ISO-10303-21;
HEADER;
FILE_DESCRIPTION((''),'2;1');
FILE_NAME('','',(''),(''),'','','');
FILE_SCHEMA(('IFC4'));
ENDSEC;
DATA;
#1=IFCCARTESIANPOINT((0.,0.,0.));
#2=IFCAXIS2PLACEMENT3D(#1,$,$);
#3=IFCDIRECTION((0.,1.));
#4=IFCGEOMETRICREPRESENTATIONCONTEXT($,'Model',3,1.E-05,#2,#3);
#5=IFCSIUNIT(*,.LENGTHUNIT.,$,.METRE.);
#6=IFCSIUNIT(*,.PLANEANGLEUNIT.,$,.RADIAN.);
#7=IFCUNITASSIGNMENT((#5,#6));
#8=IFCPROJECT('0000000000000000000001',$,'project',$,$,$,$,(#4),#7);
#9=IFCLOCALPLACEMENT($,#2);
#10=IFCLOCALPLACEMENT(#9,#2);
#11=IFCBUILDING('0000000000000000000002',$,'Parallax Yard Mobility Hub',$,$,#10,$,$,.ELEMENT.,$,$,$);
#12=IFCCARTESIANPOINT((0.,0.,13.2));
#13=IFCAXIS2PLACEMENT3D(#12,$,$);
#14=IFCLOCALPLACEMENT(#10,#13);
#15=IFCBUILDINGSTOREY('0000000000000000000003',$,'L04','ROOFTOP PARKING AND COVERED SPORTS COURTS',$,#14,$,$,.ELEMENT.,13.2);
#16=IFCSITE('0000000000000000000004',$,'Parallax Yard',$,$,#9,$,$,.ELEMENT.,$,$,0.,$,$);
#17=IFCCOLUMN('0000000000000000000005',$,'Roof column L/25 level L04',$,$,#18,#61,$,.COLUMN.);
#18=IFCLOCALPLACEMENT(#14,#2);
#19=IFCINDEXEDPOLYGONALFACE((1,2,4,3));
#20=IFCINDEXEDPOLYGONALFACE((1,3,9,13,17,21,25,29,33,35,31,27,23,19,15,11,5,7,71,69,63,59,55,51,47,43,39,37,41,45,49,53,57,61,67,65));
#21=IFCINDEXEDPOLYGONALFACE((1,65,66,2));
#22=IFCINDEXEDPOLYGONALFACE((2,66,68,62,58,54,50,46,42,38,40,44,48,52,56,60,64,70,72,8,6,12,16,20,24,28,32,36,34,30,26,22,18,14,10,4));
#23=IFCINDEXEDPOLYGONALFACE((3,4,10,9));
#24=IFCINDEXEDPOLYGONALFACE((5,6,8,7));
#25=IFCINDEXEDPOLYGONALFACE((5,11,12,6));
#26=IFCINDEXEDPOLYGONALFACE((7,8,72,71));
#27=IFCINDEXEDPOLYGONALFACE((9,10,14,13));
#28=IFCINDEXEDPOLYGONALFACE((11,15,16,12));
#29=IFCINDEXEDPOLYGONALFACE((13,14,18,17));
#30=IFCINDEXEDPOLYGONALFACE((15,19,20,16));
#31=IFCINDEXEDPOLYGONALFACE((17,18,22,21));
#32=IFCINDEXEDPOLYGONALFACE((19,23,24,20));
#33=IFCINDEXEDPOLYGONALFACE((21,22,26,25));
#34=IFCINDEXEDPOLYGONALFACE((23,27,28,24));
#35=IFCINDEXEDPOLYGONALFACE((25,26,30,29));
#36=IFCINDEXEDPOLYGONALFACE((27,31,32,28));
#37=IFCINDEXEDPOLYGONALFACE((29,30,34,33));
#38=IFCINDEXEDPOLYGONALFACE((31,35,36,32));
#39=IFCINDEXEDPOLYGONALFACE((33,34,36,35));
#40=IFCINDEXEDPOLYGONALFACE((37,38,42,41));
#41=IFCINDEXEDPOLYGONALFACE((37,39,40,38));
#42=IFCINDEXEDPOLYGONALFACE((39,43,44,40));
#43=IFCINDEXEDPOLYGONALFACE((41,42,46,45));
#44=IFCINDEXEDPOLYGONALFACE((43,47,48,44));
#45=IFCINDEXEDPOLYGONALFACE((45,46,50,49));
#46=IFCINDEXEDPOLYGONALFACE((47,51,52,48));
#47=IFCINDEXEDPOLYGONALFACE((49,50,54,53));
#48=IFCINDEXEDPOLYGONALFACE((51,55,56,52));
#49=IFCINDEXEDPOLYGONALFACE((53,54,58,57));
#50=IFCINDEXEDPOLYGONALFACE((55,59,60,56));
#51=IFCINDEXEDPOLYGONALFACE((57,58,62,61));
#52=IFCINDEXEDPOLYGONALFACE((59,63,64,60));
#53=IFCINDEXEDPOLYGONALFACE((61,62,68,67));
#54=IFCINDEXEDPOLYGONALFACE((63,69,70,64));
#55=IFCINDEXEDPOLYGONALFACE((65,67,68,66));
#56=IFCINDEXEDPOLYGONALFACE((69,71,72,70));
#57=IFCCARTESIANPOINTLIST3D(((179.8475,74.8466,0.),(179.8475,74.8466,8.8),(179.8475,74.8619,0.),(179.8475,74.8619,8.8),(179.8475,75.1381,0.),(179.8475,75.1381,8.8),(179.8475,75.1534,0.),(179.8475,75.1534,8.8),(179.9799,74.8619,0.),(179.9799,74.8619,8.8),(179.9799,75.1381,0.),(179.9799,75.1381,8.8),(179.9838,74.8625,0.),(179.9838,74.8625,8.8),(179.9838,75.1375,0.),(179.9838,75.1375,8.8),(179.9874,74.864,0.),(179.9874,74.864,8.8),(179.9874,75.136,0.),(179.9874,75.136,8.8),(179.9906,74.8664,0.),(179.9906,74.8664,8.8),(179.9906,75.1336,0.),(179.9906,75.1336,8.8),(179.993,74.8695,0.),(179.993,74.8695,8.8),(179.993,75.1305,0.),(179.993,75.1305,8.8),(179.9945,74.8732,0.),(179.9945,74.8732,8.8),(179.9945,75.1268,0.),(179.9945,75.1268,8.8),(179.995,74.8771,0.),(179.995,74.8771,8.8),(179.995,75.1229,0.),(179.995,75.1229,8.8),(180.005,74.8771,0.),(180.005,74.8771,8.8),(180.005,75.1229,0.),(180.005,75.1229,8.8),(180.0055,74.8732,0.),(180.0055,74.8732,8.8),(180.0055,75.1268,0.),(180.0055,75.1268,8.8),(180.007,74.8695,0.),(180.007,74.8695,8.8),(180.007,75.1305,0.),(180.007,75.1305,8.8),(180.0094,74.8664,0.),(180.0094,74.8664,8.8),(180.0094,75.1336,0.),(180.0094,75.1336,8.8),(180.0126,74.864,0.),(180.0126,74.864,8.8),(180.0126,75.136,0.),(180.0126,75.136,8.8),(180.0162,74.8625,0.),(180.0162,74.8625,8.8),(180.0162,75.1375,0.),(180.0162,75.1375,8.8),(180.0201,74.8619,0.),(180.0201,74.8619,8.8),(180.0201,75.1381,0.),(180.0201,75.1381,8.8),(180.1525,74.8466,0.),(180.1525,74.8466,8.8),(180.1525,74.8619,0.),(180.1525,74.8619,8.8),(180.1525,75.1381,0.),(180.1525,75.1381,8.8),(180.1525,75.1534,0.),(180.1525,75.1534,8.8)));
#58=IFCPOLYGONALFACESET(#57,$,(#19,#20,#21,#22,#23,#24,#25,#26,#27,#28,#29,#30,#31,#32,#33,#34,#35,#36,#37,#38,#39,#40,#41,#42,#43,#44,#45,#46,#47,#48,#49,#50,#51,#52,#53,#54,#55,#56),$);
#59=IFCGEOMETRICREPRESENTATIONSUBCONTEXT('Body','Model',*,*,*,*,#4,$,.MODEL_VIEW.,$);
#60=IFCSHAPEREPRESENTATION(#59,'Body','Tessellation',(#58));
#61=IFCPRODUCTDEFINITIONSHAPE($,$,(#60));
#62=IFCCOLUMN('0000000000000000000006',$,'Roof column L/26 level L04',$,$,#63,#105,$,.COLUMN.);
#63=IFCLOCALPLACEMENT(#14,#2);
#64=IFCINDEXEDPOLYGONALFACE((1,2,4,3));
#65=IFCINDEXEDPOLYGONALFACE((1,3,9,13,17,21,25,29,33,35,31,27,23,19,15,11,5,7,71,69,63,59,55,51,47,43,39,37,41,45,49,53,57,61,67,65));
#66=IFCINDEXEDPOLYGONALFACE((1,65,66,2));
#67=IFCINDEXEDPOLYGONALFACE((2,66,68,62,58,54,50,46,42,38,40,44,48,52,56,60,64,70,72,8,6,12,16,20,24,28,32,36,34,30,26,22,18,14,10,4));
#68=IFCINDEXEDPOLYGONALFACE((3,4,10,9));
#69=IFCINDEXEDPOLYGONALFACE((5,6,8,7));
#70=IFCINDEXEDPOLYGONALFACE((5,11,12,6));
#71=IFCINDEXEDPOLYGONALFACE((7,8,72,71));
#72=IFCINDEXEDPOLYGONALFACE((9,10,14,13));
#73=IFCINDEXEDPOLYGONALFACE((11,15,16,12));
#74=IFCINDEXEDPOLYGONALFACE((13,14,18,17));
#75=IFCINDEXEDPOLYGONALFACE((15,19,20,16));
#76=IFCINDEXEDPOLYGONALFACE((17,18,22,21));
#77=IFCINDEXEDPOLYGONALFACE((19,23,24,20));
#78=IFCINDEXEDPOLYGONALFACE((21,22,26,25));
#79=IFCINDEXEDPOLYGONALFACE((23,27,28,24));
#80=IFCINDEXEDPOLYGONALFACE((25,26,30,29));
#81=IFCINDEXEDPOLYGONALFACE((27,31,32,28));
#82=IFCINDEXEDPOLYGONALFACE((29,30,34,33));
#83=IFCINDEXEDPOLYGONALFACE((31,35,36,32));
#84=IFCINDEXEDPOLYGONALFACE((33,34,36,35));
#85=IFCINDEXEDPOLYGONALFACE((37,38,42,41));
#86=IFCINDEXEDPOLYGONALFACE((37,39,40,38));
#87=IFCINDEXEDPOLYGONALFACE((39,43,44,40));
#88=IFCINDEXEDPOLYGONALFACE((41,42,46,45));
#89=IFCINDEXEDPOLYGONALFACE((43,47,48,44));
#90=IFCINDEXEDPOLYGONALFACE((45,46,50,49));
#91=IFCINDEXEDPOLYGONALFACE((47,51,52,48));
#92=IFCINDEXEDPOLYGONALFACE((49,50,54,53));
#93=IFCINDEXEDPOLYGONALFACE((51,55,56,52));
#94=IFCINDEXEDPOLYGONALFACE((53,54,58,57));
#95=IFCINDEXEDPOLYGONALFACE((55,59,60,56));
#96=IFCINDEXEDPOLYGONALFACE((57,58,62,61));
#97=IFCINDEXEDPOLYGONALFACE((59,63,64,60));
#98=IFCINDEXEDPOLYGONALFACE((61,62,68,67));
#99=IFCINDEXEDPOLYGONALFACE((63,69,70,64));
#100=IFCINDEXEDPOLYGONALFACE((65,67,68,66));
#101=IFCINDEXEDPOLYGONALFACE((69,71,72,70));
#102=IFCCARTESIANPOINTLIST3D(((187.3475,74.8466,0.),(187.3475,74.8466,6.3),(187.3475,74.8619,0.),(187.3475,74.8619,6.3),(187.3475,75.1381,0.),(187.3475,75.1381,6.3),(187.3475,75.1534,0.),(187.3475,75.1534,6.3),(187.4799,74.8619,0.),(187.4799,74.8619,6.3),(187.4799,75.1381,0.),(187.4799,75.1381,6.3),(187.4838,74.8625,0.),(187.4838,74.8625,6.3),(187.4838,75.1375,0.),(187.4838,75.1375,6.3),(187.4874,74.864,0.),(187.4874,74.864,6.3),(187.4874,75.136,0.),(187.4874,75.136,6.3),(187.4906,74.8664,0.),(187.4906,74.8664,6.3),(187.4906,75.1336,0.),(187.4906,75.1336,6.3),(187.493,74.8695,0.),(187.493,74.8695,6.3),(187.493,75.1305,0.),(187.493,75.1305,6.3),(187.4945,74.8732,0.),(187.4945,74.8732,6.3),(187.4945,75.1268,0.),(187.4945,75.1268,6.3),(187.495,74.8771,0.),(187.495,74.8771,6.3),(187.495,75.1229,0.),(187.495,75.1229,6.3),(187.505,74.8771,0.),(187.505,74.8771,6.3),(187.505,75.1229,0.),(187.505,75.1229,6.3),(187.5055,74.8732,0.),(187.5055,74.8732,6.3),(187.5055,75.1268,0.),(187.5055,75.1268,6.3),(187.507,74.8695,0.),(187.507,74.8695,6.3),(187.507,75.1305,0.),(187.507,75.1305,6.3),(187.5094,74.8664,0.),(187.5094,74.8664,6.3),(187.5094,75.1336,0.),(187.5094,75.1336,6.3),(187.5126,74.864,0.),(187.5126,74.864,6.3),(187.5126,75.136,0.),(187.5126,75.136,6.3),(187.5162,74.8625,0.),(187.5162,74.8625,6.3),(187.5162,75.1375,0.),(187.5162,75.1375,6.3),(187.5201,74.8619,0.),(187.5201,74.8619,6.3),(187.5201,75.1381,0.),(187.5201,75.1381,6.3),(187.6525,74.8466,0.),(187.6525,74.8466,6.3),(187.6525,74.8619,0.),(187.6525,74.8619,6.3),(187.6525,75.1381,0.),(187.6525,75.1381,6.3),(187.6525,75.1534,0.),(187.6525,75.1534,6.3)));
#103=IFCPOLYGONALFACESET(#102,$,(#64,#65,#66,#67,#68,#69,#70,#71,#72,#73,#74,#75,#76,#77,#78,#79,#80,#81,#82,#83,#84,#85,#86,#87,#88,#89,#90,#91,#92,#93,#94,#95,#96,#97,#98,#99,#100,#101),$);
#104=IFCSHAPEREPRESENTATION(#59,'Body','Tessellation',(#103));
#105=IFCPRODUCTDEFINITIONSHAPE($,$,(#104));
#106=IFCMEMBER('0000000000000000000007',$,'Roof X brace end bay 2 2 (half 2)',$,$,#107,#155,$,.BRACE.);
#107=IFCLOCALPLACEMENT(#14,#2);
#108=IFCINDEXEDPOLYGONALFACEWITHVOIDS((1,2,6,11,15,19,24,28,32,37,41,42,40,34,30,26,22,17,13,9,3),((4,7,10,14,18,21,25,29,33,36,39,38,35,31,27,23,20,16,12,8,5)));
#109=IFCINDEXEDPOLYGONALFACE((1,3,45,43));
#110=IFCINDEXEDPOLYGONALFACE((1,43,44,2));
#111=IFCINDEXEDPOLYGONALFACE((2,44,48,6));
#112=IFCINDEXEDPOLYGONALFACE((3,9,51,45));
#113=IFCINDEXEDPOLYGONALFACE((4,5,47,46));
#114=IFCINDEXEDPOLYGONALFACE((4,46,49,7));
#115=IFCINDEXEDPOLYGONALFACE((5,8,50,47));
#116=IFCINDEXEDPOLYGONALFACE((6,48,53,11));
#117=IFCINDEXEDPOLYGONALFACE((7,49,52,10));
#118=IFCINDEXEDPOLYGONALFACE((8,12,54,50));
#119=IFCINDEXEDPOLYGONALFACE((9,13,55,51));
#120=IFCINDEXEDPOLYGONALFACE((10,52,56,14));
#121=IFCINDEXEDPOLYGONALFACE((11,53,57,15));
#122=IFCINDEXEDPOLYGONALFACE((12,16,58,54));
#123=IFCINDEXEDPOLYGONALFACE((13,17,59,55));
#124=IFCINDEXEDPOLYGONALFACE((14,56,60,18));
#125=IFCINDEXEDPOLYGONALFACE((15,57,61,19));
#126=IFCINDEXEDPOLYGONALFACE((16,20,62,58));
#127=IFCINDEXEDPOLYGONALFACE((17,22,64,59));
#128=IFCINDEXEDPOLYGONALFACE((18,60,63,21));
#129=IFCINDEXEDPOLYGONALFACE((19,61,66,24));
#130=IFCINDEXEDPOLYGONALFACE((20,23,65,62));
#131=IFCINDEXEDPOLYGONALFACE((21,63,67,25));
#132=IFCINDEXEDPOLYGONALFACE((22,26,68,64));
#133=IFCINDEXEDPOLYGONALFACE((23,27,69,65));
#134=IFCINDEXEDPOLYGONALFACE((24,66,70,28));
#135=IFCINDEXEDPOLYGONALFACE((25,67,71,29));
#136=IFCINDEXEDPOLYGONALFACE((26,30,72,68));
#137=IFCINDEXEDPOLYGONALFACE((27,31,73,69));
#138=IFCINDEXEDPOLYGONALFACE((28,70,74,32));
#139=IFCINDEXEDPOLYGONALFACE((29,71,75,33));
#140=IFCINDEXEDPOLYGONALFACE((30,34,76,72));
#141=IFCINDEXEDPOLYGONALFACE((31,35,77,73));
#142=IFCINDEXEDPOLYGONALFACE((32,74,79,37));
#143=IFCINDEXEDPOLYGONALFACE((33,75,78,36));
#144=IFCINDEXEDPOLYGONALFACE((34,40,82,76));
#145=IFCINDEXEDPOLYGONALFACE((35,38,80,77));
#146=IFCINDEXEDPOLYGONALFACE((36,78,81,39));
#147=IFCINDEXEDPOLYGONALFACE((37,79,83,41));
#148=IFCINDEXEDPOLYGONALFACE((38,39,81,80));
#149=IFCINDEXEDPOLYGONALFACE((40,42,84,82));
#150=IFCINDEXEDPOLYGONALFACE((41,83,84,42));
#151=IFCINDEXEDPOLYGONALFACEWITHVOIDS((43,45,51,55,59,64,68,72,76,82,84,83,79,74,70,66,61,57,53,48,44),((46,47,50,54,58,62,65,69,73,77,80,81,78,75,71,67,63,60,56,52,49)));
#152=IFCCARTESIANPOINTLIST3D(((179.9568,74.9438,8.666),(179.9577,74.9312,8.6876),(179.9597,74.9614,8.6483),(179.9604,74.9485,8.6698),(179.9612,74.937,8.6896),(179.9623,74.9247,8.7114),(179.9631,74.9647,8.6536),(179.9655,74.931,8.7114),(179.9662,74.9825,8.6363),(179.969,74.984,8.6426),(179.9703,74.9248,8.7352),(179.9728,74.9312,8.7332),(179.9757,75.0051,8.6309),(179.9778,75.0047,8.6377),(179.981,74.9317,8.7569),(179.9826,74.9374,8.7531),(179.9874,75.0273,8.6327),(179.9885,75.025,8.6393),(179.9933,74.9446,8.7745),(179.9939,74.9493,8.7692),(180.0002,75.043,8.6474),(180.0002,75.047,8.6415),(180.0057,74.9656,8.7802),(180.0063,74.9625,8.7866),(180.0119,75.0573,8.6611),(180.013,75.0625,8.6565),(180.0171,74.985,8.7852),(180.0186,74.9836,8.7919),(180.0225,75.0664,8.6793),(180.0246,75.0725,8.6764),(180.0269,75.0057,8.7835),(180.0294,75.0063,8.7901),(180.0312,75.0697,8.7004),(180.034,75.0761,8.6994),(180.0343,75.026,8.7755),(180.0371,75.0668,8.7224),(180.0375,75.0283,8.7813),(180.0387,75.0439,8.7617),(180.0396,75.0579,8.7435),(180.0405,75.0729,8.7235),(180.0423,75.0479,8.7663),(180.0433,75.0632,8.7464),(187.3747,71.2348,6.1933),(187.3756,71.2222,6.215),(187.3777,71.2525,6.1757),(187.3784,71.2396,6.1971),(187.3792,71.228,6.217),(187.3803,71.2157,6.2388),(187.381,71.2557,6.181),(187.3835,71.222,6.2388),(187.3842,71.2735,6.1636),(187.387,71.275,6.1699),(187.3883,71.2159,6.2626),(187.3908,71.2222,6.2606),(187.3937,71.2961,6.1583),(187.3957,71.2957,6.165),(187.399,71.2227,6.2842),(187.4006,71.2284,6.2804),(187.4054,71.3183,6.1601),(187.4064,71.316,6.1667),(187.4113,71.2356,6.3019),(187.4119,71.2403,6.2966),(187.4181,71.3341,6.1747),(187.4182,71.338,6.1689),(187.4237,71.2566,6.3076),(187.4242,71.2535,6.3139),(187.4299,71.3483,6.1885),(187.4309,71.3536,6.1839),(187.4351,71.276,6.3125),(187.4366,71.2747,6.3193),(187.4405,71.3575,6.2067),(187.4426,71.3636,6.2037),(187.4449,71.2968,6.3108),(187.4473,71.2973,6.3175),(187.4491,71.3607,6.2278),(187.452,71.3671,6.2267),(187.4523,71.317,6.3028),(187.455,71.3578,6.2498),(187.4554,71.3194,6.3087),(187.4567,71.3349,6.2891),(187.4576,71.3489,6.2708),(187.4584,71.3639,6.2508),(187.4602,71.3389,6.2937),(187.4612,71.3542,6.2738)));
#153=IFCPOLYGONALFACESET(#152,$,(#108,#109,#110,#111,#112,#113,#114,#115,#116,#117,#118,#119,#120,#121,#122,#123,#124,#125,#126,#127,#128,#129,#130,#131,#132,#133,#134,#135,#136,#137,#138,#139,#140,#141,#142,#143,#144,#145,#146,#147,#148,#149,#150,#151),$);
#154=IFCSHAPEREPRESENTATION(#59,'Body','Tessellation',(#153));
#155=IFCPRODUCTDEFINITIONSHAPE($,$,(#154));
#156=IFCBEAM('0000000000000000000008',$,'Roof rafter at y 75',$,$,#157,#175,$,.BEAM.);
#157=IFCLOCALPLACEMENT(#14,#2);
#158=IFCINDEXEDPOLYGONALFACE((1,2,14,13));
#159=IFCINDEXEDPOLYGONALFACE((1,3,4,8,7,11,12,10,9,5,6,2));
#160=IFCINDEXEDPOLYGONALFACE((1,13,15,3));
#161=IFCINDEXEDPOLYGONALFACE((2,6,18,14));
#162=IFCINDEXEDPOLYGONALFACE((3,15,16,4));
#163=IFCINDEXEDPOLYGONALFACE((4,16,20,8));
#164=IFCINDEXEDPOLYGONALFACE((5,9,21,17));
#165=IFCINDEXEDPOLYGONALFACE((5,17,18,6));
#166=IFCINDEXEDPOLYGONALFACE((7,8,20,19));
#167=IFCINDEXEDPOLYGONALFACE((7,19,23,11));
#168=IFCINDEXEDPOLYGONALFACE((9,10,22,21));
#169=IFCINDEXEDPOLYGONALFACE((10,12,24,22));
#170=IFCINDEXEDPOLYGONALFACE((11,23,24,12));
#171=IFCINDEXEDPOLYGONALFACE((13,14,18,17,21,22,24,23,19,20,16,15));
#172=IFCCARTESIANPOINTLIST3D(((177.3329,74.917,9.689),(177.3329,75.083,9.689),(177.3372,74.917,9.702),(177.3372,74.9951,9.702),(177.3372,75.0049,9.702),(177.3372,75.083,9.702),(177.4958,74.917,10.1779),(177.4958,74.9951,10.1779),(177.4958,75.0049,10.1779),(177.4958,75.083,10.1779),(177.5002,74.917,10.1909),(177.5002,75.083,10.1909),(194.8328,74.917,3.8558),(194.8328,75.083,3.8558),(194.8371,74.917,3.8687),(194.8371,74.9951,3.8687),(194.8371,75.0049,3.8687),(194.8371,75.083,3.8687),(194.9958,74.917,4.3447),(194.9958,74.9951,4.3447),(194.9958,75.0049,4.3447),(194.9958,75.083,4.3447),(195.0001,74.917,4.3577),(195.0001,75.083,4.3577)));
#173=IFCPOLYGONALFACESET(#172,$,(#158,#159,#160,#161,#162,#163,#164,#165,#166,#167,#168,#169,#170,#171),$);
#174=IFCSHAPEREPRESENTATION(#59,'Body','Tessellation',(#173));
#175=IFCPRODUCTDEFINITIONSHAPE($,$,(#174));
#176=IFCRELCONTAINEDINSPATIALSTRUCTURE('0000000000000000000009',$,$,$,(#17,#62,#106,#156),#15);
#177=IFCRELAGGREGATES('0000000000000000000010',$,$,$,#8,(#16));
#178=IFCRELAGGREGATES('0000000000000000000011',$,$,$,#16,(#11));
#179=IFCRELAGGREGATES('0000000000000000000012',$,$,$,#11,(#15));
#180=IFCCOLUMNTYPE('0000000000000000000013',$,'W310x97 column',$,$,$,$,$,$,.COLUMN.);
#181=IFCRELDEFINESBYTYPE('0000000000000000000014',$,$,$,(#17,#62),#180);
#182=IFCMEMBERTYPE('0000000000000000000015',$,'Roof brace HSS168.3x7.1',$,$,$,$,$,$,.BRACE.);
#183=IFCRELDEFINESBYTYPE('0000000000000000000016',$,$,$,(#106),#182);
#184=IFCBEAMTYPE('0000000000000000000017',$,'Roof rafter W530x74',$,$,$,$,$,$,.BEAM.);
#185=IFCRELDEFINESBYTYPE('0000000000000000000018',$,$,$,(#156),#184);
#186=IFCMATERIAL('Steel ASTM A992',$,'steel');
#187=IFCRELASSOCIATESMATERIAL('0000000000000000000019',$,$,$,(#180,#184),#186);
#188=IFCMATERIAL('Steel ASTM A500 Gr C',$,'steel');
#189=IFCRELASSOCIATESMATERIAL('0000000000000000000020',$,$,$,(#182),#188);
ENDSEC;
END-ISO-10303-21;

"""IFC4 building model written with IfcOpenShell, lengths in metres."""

from ifc_helpers import new_model, si_unit, direction, frame, origin, origin_2d, place, context, subcontext, project, spatial, hollow_circle, i_section, extrude, material, material_profile, profile_set, type_object, element, save


model = new_model("IFC4")

# Units and contexts
model_context = context("Model", 3, precision=1e-05, world=origin(), true_north=direction((0.0, 1.0)))
body_context = subcontext(model_context, "Body", "Model", "MODEL_VIEW")
ifc_project = project(units=[si_unit("LENGTHUNIT", "METRE"), si_unit("PLANEANGLEUNIT", "RADIAN")], contexts=[model_context])

# Site, building, storey
site_placement = place(None, origin())
site = spatial("IfcSite", under=ifc_project, at=site_placement, Name="Parallax Yard", CompositionType="ELEMENT", RefElevation=0.0)
building_placement = place(site_placement, origin())
building = spatial("IfcBuilding", under=site, at=building_placement, Name="Parallax Yard Mobility Hub", CompositionType="ELEMENT")
storey_placement = place(building_placement, frame((0.0, 0.0, 13.2)))
storey = spatial("IfcBuildingStorey", under=building, at=storey_placement, Name="L04", Description="ROOFTOP PARKING AND COVERED SPORTS COURTS", CompositionType="ELEMENT", Elevation=13.2)

# Columns
ifc_material_1 = material(Name="Steel ASTM A992", Category="steel")
ifc_material_profile_1 = material_profile(ifc_material_1, i_section(OverallWidth=0.3049, OverallDepth=0.3069, WebThickness=0.01, FlangeThickness=0.0154, FilletRadius=0.0151, at=origin_2d()), Name="W310x97")
ifc_profile_set_1 = profile_set([ifc_material_profile_1], Name="Steel ASTM A992")
column_type = type_object("IfcColumnType", Name="W310x97 column", PredefinedType="COLUMN", material=ifc_profile_set_1)
column_1_placement = place(storey_placement, frame((180.0, 75.0, 0.0), z_axis=(0.0, 0.0, 1.0), x_axis=(1.0, 0.0, 0.0)))
element("IfcColumn", 1, at=column_1_placement, inside=storey, type_object=column_type, Name="Roof column L/25 level L04", PredefinedType="COLUMN", context=body_context, shape_type="SweptSolid", body=[
    extrude(i_section(OverallWidth=0.3049, OverallDepth=0.3069, WebThickness=0.01, FlangeThickness=0.0154, FilletRadius=0.0151, at=origin_2d()), origin(), (0.0, 0.0, 1.0), 8.8),
])
column_2_placement = place(storey_placement, frame((187.5, 75.0, 0.0), z_axis=(0.0, 0.0, 1.0), x_axis=(1.0, 0.0, 0.0)))
element("IfcColumn", 2, at=column_2_placement, inside=storey, type_object=column_type, Name="Roof column L/26 level L04", PredefinedType="COLUMN", context=body_context, shape_type="SweptSolid", body=[
    extrude(i_section(OverallWidth=0.3049, OverallDepth=0.3069, WebThickness=0.01, FlangeThickness=0.0154, FilletRadius=0.0151, at=origin_2d()), origin(), (0.0, 0.0, 1.0), 6.3),
])

# Member
ifc_material_2 = material(Name="Steel ASTM A500 Gr C", Category="steel")
ifc_material_profile_2 = material_profile(ifc_material_2, hollow_circle(Radius=0.0842, WallThickness=0.0071, at=origin_2d()), Name="HSS168.3x7.1")
ifc_profile_set_2 = profile_set([ifc_material_profile_2], Name="Steel ASTM A500 Gr C")
member_type = type_object("IfcMemberType", Name="Roof brace HSS168.3x7.1", PredefinedType="BRACE", material=ifc_profile_set_2)
member_placement = place(storey_placement, frame((187.418, 71.291, 6.2388), z_axis=(-0.857143, 0.428571, 0.285714), x_axis=(-0.447214, -0.894427, 0.0)))
element("IfcMember", 3, at=member_placement, inside=storey, type_object=member_type, Name="Roof X brace end bay 2 2 (half 2)", PredefinedType="BRACE", context=body_context, shape_type="SweptSolid", body=[
    extrude(hollow_circle(Radius=0.0842, WallThickness=0.0071, at=origin_2d()), origin(), (0.0, 0.0, 1.0), 8.6543),
])

# Beam
ifc_material_profile_3 = material_profile(ifc_material_1, i_section(OverallWidth=0.166, OverallDepth=0.5291, WebThickness=0.0098, FlangeThickness=0.0137, at=origin_2d()), Name="W530x74")
ifc_profile_set_3 = profile_set([ifc_material_profile_3], Name="Steel ASTM A992")
beam_type_1 = type_object("IfcBeamType", Name="Roof rafter W530x74", PredefinedType="BEAM", material=ifc_profile_set_3)
beam_1_placement = place(storey_placement, frame((177.4165, 75.0, 9.9399), z_axis=(0.948685, 0.0, -0.316224), x_axis=(0.0, 1.0, 0.0)))
element("IfcBeam", 4, at=beam_1_placement, inside=storey, type_object=beam_type_1, Name="Roof rafter at y 75", PredefinedType="BEAM", context=body_context, shape_type="SweptSolid", body=[
    extrude(i_section(OverallWidth=0.166, OverallDepth=0.5291, WebThickness=0.0098, FlangeThickness=0.0137, at=origin_2d()), origin(), (0.0, 0.0, 1.0), 18.4465),
])

save(model, "model.ifc")
